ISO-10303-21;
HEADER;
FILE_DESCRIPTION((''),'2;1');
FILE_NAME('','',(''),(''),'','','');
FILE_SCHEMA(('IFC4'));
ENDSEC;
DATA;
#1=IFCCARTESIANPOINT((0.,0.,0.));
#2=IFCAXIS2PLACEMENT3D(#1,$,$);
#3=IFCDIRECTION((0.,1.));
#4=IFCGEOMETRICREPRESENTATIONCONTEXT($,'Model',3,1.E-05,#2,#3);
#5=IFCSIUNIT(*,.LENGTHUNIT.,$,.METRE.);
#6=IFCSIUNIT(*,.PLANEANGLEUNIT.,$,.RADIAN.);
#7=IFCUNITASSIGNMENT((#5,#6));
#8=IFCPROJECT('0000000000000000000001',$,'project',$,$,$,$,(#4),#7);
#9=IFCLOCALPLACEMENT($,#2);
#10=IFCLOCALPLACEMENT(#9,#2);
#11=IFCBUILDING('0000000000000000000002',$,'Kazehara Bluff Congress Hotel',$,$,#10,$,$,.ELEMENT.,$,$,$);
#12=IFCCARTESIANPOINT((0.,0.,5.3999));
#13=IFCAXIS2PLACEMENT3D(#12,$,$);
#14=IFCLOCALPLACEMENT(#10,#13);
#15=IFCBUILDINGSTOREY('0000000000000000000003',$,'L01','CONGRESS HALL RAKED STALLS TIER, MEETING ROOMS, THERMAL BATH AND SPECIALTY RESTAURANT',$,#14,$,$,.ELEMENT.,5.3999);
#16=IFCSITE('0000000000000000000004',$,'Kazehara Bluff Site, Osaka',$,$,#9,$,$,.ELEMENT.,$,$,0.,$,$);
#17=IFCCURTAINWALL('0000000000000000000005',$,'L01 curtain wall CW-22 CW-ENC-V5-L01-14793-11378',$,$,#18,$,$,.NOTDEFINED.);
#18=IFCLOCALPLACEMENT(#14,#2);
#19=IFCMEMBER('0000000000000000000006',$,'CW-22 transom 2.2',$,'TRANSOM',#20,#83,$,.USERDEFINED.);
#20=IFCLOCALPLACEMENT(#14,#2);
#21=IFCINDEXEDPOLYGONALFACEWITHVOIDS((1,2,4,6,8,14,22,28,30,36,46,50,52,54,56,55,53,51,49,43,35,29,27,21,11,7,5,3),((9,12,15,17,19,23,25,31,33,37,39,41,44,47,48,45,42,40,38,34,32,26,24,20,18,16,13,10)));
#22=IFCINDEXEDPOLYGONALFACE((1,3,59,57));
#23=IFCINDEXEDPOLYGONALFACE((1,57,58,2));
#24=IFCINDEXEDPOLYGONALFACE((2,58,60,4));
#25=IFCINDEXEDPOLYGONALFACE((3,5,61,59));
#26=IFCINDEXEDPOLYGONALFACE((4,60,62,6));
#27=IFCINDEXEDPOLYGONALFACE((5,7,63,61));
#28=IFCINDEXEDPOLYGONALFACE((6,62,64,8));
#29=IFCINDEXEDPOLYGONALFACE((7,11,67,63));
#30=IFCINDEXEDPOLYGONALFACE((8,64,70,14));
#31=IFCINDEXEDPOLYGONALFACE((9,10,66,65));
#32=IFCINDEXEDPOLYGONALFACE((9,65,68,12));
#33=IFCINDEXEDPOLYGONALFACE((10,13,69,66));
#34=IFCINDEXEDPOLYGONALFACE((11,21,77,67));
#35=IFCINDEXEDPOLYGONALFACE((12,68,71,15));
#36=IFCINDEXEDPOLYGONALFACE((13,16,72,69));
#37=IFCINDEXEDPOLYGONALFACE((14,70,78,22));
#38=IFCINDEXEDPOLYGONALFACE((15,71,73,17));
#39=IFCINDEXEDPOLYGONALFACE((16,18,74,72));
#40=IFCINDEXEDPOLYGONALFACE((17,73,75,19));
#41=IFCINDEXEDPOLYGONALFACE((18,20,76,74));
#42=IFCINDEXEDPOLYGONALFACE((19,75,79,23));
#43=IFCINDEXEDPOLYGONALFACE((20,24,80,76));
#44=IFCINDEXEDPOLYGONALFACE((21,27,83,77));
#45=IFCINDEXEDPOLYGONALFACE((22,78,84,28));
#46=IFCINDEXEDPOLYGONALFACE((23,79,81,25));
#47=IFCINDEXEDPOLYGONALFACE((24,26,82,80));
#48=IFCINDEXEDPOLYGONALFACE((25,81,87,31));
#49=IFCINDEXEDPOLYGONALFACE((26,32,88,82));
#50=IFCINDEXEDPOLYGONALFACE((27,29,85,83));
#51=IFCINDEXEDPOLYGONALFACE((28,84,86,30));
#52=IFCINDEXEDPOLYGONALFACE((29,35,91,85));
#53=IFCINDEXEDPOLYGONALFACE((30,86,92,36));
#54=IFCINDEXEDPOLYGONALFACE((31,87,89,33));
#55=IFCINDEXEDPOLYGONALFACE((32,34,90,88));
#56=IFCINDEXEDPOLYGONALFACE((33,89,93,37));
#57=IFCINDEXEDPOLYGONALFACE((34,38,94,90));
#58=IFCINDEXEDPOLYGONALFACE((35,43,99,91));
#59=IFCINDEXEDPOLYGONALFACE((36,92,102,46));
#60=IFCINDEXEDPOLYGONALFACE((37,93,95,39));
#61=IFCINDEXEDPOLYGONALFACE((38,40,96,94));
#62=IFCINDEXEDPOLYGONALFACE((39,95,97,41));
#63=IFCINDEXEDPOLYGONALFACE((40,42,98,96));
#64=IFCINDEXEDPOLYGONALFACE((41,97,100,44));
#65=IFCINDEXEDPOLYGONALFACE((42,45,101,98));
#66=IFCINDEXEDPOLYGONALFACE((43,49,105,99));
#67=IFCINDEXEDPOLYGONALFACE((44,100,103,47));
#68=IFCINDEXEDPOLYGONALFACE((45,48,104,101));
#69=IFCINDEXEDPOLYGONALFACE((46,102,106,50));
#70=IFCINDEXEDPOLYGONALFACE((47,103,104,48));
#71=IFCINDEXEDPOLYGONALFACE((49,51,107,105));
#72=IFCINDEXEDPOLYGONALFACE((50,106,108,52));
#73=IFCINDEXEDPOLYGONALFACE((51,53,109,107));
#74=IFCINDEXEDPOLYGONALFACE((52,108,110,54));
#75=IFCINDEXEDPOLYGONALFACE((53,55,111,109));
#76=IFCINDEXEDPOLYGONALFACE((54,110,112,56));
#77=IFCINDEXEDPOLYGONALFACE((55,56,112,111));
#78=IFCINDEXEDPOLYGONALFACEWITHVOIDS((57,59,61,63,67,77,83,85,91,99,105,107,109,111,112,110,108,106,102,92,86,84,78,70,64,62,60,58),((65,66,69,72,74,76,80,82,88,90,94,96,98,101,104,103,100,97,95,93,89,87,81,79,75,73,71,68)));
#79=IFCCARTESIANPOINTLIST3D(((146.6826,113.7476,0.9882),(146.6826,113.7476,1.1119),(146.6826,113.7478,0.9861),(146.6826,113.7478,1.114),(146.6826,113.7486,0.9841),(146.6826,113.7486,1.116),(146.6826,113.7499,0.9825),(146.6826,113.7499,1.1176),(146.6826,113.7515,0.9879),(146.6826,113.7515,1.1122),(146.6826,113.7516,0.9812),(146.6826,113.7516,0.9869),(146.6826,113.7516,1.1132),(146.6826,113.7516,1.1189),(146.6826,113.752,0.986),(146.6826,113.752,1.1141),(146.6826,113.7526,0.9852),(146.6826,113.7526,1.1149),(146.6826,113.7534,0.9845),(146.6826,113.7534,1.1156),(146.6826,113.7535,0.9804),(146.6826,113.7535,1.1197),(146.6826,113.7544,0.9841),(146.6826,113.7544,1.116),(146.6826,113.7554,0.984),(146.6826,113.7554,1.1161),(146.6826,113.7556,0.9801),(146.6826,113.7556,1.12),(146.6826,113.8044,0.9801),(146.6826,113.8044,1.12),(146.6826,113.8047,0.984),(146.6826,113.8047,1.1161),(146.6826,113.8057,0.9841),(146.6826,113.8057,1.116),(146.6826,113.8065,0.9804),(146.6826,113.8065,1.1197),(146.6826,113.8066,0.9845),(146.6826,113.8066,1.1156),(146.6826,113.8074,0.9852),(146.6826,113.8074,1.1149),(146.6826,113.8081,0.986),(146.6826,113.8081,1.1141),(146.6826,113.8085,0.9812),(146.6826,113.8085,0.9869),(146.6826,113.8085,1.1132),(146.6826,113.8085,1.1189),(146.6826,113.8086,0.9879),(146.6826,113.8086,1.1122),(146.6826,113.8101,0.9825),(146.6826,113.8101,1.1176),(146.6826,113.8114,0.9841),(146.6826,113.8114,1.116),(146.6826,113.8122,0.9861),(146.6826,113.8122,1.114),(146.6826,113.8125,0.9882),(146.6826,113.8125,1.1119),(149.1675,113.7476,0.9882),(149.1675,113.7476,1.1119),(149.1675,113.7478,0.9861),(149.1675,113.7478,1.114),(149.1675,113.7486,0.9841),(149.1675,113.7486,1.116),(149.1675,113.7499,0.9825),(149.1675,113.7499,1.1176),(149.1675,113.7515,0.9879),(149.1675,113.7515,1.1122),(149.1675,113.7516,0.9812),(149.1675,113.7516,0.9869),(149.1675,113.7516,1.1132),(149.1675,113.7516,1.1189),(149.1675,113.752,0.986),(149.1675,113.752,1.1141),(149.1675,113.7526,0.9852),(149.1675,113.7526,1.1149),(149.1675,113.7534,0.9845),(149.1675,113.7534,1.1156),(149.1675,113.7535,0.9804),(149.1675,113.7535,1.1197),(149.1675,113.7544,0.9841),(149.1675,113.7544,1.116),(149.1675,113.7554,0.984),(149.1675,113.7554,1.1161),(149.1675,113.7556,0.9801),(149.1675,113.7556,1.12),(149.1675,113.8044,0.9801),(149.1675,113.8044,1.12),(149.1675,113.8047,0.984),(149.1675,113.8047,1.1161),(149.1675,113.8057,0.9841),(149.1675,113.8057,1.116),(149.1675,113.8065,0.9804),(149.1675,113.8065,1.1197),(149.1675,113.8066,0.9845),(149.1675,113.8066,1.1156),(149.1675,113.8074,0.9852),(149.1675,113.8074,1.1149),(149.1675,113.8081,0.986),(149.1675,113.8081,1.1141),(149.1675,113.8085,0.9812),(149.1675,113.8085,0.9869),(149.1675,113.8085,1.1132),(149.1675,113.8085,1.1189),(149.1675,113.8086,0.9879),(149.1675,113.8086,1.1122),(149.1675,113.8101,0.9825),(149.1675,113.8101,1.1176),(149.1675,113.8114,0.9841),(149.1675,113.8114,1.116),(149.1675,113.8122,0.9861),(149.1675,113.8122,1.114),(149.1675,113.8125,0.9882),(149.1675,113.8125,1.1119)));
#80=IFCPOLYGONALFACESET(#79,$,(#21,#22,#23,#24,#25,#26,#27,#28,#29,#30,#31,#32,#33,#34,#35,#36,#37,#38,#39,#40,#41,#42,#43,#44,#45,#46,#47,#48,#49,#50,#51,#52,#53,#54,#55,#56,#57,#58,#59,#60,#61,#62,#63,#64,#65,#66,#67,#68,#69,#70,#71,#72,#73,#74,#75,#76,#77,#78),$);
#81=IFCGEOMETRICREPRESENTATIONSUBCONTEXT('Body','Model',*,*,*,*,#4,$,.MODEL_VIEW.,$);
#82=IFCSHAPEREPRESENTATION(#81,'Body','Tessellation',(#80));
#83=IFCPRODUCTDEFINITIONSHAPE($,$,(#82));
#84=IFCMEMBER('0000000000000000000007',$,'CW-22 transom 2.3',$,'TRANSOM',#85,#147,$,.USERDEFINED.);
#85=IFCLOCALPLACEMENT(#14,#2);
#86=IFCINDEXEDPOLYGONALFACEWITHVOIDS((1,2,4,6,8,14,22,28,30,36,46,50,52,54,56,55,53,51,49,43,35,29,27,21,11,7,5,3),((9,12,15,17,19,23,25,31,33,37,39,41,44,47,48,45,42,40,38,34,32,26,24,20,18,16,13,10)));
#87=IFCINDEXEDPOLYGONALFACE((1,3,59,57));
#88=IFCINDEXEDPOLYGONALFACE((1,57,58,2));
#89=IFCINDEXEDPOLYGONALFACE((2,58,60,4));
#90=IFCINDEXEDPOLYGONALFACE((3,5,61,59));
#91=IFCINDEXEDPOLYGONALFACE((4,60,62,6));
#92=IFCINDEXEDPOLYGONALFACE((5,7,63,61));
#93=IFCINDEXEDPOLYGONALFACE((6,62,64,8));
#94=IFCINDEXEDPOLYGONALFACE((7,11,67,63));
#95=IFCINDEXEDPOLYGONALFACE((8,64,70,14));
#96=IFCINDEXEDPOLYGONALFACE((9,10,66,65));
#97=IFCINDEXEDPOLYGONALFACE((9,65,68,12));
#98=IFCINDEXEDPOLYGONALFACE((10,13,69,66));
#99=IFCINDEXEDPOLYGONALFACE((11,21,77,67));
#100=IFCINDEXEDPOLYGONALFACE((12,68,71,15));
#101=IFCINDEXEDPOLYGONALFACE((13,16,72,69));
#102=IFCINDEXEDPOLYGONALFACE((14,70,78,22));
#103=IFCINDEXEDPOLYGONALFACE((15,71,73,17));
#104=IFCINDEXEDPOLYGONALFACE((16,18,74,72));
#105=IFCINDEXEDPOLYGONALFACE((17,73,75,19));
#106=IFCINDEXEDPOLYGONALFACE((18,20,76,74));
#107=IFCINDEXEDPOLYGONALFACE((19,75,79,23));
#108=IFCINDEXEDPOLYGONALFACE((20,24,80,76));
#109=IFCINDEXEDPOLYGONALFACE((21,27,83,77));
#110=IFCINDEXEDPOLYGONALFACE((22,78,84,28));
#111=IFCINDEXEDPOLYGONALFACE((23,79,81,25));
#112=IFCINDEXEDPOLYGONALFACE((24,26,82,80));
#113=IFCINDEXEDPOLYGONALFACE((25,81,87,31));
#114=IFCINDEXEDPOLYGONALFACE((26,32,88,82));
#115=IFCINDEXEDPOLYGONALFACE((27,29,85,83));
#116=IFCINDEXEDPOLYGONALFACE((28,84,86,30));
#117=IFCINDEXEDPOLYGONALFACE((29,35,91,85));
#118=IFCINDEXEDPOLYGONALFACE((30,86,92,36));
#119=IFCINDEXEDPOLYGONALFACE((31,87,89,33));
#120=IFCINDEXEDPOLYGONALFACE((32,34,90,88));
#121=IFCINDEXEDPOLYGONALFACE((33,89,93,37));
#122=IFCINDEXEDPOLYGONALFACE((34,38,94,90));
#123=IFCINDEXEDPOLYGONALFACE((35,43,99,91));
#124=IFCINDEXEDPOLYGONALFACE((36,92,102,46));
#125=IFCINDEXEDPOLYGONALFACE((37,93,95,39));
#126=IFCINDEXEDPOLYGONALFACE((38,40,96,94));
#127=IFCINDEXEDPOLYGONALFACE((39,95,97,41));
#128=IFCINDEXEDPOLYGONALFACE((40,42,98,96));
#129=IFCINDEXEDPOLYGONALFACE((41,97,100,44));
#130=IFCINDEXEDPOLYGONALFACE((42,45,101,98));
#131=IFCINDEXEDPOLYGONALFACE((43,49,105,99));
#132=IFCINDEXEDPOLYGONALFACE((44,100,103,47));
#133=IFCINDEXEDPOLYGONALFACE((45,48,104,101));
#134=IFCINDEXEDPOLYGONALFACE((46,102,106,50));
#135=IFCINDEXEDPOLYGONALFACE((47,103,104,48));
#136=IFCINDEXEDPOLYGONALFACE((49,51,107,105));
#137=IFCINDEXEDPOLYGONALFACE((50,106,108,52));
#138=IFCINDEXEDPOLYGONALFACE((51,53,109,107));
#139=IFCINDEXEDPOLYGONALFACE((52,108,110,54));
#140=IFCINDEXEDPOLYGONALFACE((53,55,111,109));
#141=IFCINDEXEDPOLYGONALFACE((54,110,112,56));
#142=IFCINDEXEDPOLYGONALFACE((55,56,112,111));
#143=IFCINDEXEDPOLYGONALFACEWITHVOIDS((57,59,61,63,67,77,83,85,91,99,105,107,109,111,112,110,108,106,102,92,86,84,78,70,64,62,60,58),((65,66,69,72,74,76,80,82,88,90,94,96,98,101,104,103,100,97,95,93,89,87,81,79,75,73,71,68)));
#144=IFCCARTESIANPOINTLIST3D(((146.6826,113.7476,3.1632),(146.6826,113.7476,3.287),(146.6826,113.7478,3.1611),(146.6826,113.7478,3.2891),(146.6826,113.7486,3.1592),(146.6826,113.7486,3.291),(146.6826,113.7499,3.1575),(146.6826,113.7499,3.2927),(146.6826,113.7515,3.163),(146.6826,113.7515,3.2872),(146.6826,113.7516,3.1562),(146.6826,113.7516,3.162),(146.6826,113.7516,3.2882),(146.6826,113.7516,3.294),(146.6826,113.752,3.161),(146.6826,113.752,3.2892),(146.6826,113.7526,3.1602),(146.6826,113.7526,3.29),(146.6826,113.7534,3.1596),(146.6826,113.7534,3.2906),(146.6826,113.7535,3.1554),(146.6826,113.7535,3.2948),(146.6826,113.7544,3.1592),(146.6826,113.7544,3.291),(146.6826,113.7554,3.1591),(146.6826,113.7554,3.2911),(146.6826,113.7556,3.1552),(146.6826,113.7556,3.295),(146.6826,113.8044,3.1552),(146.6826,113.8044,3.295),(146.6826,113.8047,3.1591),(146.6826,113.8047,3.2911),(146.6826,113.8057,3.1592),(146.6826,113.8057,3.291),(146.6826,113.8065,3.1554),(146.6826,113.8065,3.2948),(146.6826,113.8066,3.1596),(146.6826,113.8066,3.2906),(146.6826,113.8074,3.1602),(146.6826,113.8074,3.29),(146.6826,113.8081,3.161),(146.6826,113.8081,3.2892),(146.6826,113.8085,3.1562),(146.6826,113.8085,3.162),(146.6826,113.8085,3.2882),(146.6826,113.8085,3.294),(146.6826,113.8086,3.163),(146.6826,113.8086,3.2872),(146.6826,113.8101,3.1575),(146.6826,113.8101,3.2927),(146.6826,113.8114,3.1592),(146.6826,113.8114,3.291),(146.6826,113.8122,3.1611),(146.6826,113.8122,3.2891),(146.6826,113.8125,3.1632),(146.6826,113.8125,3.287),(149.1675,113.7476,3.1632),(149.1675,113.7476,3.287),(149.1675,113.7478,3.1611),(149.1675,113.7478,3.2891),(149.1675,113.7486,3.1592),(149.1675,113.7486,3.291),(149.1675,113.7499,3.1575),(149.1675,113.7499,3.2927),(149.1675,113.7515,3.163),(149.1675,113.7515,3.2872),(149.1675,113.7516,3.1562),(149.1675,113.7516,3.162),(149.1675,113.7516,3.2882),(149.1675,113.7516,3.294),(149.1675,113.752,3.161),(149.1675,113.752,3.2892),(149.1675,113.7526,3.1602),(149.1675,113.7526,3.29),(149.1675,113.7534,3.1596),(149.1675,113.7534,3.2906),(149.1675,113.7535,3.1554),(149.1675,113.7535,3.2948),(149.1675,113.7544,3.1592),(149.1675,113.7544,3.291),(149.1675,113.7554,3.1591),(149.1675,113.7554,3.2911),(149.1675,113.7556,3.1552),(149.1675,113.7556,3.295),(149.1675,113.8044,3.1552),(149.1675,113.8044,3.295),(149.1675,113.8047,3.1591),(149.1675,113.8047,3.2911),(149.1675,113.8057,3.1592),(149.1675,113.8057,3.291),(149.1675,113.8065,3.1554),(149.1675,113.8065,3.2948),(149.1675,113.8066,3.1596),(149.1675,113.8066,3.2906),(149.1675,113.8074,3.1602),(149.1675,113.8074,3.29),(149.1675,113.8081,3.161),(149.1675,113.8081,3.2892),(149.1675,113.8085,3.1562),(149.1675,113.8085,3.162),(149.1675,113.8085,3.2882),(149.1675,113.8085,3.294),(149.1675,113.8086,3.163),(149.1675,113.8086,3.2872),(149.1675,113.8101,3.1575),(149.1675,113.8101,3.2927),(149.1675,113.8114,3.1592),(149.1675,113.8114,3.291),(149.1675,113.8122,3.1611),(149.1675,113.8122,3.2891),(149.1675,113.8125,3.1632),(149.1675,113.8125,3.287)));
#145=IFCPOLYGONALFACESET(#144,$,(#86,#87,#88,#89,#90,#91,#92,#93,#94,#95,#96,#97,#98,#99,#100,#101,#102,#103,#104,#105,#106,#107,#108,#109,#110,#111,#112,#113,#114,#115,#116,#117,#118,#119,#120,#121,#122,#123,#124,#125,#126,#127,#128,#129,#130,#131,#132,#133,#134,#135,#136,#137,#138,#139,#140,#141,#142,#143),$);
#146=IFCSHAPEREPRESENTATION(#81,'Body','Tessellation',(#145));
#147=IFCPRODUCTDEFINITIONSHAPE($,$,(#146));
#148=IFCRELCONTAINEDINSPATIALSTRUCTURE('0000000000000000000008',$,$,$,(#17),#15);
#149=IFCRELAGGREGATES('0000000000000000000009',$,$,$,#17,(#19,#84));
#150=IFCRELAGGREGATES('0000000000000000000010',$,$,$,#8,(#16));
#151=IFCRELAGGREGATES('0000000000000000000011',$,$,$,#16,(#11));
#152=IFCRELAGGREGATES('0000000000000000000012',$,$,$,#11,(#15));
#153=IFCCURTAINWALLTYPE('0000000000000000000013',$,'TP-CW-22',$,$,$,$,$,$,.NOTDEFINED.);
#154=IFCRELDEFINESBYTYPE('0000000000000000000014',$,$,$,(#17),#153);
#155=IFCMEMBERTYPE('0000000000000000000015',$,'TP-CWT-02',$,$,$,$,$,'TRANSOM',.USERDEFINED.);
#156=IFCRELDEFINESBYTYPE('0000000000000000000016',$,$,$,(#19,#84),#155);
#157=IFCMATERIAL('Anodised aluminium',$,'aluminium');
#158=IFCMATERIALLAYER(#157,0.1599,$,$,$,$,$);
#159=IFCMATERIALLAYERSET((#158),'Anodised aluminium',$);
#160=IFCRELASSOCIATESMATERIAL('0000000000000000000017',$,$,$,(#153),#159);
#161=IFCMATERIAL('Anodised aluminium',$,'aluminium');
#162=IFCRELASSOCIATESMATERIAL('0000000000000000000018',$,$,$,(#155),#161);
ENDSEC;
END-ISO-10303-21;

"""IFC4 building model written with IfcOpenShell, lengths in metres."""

from ifc_helpers import new_model, si_unit, direction, frame, origin, origin_2d, place, context, subcontext, project, spatial, hollow_rectangle, extrude, material, layer, layer_set, material_profile, profile_set, type_object, element, aggregate, save


model = new_model("IFC4")

# Units and contexts
model_context = context("Model", 3, precision=1e-05, world=origin(), true_north=direction((0.0, 1.0)))
body_context = subcontext(model_context, "Body", "Model", "MODEL_VIEW")
ifc_project = project(units=[si_unit("LENGTHUNIT", "METRE"), si_unit("PLANEANGLEUNIT", "RADIAN")], contexts=[model_context])

# Site, building, storey
site_placement = place(None, origin())
site = spatial("IfcSite", under=ifc_project, at=site_placement, Name="Kazehara Bluff Site, Osaka", CompositionType="ELEMENT", RefElevation=0.0)
building_placement = place(site_placement, origin())
building = spatial("IfcBuilding", under=site, at=building_placement, Name="Kazehara Bluff Congress Hotel", CompositionType="ELEMENT")
storey_placement = place(building_placement, frame((0.0, 0.0, 5.3999)))
storey = spatial("IfcBuildingStorey", under=building, at=storey_placement, Name="L01", Description="CONGRESS HALL RAKED STALLS TIER, MEETING ROOMS, THERMAL BATH AND SPECIALTY RESTAURANT", CompositionType="ELEMENT", Elevation=5.3999)

# Curtain wall
ifc_material_1 = material(Name="Anodised aluminium", Category="aluminium")
ifc_layer_1 = layer(ifc_material_1, 0.1599)
ifc_layer_set_1 = layer_set([ifc_layer_1], Name="Anodised aluminium")
curtain_wall_type = type_object("IfcCurtainWallType", Name="TP-CW-22", PredefinedType="NOTDEFINED", material=ifc_layer_set_1)
curtain_wall_1_placement = place(storey_placement, origin())
curtain_wall_1 = element("IfcCurtainWall", 1, at=curtain_wall_1_placement, inside=storey, type_object=curtain_wall_type, Name="L01 curtain wall CW-22 CW-ENC-V5-L01-14793-11378", PredefinedType="NOTDEFINED")

# Members
ifc_material_2 = material(Name="Anodised aluminium", Category="aluminium")
ifc_material_profile_1 = material_profile(ifc_material_2, hollow_rectangle(XDim=0.0649, YDim=0.1399, WallThickness=0.0039, InnerFilletRadius=0.0039, OuterFilletRadius=0.0081, at=origin_2d()))
ifc_profile_set_1 = profile_set([ifc_material_profile_1], Name="Anodised aluminium")
member_type_1 = type_object("IfcMemberType", Name="TP-CWT-02", ElementType="TRANSOM", PredefinedType="USERDEFINED", material=ifc_profile_set_1)
member_1_placement = place(storey_placement, frame((146.6826, 113.78, 1.05), z_axis=(1.0, 0.0, 0.0), x_axis=(0.0, 1.0, 0.0)))
member_1 = element("IfcMember", 2, at=member_1_placement, type_object=member_type_1, Name="CW-22 transom 2.2", ObjectType="TRANSOM", PredefinedType="USERDEFINED", context=body_context, shape_type="SweptSolid", body=[
    extrude(hollow_rectangle(XDim=0.0649, YDim=0.1399, WallThickness=0.0039, InnerFilletRadius=0.0039, OuterFilletRadius=0.0081, at=origin_2d()), origin(), (0.0, 0.0, 1.0), 2.4849),
])
member_2_placement = place(storey_placement, frame((146.6826, 113.78, 3.2251), z_axis=(1.0, 0.0, 0.0), x_axis=(0.0, 1.0, 0.0)))
member_2 = element("IfcMember", 3, at=member_2_placement, type_object=member_type_1, Name="CW-22 transom 2.3", ObjectType="TRANSOM", PredefinedType="USERDEFINED", context=body_context, shape_type="SweptSolid", body=[
    extrude(hollow_rectangle(XDim=0.0649, YDim=0.1399, WallThickness=0.0039, InnerFilletRadius=0.0039, OuterFilletRadius=0.0081, at=origin_2d()), origin(), (0.0, 0.0, 1.0), 2.4849),
])

aggregate(curtain_wall_1, [member_1, member_2])

save(model, "model.ifc")
